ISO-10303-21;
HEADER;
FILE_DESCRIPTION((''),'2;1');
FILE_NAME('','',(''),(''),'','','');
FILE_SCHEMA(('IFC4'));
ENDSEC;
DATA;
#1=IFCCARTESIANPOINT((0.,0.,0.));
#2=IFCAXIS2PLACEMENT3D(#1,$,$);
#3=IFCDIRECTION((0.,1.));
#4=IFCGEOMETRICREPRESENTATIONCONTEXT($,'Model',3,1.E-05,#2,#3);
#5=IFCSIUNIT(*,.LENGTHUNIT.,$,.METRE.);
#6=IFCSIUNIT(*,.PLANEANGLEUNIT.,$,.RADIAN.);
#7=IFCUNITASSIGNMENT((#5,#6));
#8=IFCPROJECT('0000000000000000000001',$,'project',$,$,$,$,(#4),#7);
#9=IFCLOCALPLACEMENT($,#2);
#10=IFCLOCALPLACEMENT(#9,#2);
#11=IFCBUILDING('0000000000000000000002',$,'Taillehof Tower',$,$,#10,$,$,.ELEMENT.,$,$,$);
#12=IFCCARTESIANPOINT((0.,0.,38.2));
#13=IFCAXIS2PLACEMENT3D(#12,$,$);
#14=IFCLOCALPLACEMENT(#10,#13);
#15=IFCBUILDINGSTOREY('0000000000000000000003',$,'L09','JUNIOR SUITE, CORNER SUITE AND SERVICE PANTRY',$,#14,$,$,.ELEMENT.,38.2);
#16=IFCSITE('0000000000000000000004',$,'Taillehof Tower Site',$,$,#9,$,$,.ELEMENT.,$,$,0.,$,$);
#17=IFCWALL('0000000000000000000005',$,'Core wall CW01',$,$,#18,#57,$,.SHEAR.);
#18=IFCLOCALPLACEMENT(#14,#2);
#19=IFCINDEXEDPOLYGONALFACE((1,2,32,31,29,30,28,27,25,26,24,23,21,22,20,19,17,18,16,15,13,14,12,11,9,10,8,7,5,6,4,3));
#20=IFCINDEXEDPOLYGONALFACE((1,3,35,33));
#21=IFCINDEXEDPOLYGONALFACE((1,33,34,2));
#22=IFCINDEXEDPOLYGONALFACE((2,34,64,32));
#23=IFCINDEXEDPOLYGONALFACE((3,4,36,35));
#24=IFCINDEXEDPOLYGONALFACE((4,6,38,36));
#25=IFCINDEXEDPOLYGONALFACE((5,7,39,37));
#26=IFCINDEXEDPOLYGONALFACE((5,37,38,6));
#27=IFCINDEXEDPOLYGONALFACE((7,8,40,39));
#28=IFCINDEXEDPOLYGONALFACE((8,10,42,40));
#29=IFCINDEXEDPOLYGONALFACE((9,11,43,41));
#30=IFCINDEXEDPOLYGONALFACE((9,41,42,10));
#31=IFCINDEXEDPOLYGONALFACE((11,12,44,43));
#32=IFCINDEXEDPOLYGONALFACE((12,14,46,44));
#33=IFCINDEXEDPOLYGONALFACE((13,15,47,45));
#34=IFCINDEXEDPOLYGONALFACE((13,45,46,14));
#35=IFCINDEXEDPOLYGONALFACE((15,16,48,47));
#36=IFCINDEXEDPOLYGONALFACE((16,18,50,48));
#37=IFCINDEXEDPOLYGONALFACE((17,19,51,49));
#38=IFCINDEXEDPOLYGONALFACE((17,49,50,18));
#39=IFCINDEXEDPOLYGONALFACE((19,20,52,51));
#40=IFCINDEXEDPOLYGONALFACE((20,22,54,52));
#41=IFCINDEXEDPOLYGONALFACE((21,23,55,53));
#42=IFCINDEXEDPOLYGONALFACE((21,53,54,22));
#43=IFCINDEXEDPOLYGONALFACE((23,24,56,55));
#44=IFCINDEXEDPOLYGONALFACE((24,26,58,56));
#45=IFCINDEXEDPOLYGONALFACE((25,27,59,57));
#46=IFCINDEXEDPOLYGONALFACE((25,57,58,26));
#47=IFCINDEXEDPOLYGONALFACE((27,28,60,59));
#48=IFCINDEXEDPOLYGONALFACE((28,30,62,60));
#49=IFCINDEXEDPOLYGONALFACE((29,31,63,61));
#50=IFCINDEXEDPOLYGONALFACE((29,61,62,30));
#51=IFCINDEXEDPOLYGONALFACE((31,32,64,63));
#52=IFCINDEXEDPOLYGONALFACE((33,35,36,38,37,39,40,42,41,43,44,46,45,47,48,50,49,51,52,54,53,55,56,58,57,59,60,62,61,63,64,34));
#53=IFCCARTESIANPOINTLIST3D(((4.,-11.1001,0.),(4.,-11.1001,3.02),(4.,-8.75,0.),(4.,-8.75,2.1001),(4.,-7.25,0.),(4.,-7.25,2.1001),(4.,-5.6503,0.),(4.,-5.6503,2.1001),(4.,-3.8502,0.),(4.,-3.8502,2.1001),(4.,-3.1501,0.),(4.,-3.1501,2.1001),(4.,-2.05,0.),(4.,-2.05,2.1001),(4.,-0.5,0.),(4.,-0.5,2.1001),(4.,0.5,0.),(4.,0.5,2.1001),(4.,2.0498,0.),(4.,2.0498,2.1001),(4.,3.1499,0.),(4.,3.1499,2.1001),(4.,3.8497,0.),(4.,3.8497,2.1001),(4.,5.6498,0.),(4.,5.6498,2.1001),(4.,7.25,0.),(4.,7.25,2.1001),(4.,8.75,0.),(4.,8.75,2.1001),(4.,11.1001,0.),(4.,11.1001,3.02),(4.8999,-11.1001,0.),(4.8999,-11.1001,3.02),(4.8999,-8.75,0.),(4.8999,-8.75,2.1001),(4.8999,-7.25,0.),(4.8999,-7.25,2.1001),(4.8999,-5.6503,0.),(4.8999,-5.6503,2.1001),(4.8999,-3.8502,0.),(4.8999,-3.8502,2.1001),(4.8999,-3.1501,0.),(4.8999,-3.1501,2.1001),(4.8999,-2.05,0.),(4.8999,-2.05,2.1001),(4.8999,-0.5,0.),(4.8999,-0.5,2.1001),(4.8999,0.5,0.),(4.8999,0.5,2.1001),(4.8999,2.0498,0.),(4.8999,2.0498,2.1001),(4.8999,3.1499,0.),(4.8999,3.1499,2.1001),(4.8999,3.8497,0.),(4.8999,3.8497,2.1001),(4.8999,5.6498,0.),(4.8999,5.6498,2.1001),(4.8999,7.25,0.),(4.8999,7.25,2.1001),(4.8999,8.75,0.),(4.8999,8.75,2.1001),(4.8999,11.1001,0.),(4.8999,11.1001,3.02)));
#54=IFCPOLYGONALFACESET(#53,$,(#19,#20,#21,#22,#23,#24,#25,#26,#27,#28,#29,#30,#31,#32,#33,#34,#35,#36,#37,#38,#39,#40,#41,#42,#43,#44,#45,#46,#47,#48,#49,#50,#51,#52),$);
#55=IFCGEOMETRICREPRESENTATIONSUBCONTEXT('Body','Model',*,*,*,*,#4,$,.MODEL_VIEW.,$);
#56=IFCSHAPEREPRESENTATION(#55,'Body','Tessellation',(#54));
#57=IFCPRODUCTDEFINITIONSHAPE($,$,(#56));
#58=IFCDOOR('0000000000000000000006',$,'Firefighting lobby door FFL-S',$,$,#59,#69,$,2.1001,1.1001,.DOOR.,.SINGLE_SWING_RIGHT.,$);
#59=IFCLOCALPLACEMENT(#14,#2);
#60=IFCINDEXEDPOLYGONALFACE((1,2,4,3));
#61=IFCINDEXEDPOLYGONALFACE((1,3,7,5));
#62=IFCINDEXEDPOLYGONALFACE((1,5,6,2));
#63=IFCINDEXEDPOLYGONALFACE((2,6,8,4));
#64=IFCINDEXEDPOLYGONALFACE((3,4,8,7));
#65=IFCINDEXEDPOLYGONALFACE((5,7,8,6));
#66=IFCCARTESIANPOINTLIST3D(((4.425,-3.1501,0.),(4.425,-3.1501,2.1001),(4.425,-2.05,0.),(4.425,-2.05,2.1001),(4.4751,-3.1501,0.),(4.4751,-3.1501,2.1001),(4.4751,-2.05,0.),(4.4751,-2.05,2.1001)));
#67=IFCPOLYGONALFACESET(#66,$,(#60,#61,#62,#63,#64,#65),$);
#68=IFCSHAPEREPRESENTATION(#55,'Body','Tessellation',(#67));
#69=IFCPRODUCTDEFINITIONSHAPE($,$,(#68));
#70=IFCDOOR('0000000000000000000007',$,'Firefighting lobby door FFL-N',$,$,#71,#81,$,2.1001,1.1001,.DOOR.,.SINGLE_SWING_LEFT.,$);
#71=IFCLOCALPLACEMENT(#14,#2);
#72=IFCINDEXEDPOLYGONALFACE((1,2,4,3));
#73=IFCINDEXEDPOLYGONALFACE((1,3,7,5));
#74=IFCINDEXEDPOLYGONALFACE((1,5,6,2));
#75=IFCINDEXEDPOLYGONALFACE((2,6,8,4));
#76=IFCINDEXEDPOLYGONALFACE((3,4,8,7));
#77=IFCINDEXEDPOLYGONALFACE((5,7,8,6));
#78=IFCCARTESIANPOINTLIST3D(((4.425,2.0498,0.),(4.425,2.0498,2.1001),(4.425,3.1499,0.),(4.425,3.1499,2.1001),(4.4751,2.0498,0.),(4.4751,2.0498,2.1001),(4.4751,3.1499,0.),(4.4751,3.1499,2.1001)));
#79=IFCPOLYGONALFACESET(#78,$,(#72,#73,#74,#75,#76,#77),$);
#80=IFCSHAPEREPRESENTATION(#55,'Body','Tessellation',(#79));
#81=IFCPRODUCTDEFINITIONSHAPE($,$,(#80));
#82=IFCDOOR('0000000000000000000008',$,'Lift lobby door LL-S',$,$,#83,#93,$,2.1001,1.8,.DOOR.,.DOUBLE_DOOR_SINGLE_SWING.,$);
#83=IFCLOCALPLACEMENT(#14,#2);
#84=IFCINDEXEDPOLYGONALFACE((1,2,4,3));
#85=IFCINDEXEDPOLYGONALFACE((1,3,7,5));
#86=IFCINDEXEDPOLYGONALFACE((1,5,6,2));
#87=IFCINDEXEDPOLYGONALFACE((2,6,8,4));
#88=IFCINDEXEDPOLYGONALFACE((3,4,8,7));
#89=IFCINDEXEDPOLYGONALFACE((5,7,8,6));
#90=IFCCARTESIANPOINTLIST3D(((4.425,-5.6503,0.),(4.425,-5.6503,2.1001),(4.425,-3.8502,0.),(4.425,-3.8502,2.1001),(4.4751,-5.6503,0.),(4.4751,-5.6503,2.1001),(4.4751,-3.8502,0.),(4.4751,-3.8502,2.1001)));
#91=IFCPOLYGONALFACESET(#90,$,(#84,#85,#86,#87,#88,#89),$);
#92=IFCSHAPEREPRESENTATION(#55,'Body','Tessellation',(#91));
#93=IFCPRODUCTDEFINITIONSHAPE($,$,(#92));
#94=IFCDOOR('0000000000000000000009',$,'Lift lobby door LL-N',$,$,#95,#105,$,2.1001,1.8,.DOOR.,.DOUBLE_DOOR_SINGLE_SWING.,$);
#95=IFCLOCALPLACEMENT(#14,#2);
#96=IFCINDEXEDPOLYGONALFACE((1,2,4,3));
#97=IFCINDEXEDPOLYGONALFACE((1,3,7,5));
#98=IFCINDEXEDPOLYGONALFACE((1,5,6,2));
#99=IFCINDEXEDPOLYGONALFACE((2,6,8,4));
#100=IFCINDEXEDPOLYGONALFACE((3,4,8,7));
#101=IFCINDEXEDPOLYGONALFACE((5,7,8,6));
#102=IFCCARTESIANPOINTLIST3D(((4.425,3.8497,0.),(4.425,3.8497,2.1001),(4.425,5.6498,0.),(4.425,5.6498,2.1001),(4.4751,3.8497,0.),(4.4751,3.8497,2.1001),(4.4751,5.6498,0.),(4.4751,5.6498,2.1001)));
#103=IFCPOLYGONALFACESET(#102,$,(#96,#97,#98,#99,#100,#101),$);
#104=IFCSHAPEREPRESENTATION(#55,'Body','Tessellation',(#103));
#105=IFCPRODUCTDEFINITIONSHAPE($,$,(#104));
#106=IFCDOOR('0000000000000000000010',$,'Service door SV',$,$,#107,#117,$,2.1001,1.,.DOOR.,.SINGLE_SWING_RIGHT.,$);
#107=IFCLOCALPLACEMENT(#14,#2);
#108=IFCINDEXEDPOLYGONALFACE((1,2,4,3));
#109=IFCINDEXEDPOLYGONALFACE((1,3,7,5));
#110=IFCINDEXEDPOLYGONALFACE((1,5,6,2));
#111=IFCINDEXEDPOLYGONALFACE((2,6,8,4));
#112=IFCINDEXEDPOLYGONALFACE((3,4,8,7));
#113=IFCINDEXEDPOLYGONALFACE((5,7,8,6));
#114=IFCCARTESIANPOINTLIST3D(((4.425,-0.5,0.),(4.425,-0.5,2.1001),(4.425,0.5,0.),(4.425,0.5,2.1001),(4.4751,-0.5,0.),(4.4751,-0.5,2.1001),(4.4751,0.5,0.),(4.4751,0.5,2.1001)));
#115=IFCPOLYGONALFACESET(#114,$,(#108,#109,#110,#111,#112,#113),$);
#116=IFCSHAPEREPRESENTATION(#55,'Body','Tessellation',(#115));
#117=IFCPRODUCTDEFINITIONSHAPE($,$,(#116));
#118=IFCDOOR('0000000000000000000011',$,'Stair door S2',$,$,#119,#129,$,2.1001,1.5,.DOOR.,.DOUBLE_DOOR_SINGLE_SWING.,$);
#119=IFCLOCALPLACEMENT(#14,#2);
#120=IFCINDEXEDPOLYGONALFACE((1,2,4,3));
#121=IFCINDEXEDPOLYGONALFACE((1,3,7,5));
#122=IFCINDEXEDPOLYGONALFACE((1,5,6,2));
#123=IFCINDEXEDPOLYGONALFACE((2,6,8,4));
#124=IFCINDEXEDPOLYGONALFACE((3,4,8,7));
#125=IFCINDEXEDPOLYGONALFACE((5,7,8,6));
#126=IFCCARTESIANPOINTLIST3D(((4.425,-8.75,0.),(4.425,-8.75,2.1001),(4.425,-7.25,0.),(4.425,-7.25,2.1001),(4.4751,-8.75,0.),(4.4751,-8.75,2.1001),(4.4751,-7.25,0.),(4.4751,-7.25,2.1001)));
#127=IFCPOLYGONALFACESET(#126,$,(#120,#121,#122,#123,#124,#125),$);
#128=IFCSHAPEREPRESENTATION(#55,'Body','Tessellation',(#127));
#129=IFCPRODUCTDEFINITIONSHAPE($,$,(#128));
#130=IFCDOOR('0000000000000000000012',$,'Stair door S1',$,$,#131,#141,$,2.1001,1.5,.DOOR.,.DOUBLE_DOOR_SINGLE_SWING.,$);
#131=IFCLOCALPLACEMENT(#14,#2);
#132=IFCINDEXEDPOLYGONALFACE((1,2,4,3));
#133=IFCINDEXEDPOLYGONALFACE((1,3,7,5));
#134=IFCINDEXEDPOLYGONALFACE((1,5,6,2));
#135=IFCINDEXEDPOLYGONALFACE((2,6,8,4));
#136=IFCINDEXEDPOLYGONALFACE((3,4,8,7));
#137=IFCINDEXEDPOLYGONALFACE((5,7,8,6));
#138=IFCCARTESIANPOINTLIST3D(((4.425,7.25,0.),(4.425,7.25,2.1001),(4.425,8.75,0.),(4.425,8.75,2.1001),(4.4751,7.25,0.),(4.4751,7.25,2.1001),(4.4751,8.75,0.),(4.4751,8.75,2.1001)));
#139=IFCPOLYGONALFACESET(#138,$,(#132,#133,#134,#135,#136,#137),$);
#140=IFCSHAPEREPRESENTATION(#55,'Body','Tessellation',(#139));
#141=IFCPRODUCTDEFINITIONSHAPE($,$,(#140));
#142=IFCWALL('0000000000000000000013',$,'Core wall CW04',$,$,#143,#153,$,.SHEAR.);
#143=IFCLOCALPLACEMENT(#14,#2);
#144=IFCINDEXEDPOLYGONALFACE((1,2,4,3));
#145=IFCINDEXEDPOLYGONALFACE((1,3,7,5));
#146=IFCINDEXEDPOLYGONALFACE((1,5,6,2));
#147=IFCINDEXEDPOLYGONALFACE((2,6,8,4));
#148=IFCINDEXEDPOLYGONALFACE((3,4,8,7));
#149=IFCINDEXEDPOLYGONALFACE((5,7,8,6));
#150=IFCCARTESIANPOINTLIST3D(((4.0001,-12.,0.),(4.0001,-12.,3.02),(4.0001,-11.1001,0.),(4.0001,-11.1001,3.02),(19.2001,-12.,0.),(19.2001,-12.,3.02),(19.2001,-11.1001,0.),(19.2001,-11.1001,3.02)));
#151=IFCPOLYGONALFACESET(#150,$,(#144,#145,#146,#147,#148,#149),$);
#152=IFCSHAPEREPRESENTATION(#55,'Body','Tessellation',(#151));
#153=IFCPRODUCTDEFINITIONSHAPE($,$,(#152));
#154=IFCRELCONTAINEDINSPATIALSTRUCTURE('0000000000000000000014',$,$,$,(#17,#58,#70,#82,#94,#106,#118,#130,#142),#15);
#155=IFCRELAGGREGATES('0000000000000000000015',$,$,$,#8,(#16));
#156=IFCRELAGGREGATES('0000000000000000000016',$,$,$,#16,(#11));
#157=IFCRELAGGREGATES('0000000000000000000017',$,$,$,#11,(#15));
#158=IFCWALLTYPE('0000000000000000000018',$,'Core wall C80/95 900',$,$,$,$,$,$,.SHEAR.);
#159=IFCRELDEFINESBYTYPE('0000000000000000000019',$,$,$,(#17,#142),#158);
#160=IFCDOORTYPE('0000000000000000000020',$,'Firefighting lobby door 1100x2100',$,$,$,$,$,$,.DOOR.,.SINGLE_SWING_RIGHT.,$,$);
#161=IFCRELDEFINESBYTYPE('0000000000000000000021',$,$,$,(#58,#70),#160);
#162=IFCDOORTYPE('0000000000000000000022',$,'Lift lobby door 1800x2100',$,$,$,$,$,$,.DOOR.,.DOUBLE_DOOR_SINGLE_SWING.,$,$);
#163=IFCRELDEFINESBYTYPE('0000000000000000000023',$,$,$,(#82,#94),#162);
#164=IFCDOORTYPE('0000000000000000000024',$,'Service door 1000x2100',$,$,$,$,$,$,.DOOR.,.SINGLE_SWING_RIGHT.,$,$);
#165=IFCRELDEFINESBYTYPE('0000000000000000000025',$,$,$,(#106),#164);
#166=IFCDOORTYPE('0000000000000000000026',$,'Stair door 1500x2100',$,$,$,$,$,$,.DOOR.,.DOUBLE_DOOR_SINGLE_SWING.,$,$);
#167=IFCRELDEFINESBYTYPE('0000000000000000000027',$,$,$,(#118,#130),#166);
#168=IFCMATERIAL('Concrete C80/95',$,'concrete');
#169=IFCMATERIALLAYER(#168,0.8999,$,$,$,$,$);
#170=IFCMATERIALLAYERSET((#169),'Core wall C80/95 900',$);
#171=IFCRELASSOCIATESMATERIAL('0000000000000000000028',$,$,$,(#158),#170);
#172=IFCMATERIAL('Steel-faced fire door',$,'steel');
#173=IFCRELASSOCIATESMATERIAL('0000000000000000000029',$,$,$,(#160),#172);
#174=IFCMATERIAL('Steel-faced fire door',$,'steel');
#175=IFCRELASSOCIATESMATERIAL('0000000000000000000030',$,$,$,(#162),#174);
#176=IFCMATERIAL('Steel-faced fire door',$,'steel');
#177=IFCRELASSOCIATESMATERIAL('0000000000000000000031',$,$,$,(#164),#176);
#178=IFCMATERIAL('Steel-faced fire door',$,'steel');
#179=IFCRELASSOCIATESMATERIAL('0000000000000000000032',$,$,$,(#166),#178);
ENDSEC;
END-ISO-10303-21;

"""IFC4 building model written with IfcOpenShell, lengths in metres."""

from ifc_helpers import new_model, si_unit, direction, frame, frame_2d, origin, place, context, subcontext, project, spatial, rectangle, extrude, material, layer, layer_set, type_object, element, fill, save


model = new_model("IFC4")

# Units and contexts
model_context = context("Model", 3, precision=1e-05, world=origin(), true_north=direction((0.0, 1.0)))
body_context = subcontext(model_context, "Body", "Model", "MODEL_VIEW")
ifc_project = project(units=[si_unit("LENGTHUNIT", "METRE"), si_unit("PLANEANGLEUNIT", "RADIAN")], contexts=[model_context])

# Site, building, storey
site_placement = place(None, origin())
site = spatial("IfcSite", under=ifc_project, at=site_placement, Name="Taillehof Tower Site", CompositionType="ELEMENT", RefElevation=0.0)
building_placement = place(site_placement, origin())
building = spatial("IfcBuilding", under=site, at=building_placement, Name="Taillehof Tower", CompositionType="ELEMENT")
storey_placement = place(building_placement, frame((0.0, 0.0, 38.2)))
storey = spatial("IfcBuildingStorey", under=building, at=storey_placement, Name="L09", Description="JUNIOR SUITE, CORNER SUITE AND SERVICE PANTRY", CompositionType="ELEMENT", Elevation=38.2)

# Wall, openings, doors
ifc_material_1 = material(Name="Concrete C80/95", Category="concrete")
ifc_layer_1 = layer(ifc_material_1, 0.8999)
ifc_layer_set_1 = layer_set([ifc_layer_1], Name="Core wall C80/95 900")
wall_type_1 = type_object("IfcWallType", Name="Core wall C80/95 900", PredefinedType="SHEAR", material=ifc_layer_set_1)
wall_1_placement = place(storey_placement, frame((4.45, -11.1001, 0.0), z_axis=(0.0, 0.0, 1.0), x_axis=(0.0, 1.0, 0.0)))
wall_1 = element("IfcWall", 1, at=wall_1_placement, inside=storey, type_object=wall_type_1, Name="Core wall CW01", PredefinedType="SHEAR", context=body_context, shape_type="SweptSolid", body=[
    extrude(rectangle(XDim=22.2002, YDim=0.8999, at=frame_2d((11.1001, 0.0))), origin(), (0.0, 0.0, 1.0), 3.02),
])
opening_1_placement = place(wall_1_placement, frame((2.3501, 0.0, 0.0)))
opening_1 = element("IfcOpeningElement", 2, at=opening_1_placement, cuts=wall_1, PredefinedType="OPENING", context=body_context, shape_type="SweptSolid", body=[
    extrude(rectangle(XDim=1.5, YDim=2.1001, at=frame_2d((0.75, 1.05))), frame((0.0, 0.46, 0.0), z_axis=(0.0, -1.0, 0.0), x_axis=(1.0, 0.0, 0.0)), (0.0, 0.0, 1.0), 0.9199),
])
opening_2_placement = place(wall_1_placement, frame((5.45, 0.0, 0.0)))
opening_2 = element("IfcOpeningElement", 3, at=opening_2_placement, cuts=wall_1, PredefinedType="OPENING", context=body_context, shape_type="SweptSolid", body=[
    extrude(rectangle(XDim=1.8, YDim=2.1001, at=frame_2d((0.8999, 1.05))), frame((0.0, 0.46, 0.0), z_axis=(0.0, -1.0, 0.0), x_axis=(1.0, 0.0, 0.0)), (0.0, 0.0, 1.0), 0.9199),
])
opening_3_placement = place(wall_1_placement, frame((7.95, 0.0, 0.0)))
opening_3 = element("IfcOpeningElement", 4, at=opening_3_placement, cuts=wall_1, PredefinedType="OPENING", context=body_context, shape_type="SweptSolid", body=[
    extrude(rectangle(XDim=1.1001, YDim=2.1001, at=frame_2d((0.55, 1.05))), frame((0.0, 0.46, 0.0), z_axis=(0.0, -1.0, 0.0), x_axis=(1.0, 0.0, 0.0)), (0.0, 0.0, 1.0), 0.9199),
])
opening_4_placement = place(wall_1_placement, frame((10.6001, 0.0, 0.0)))
opening_4 = element("IfcOpeningElement", 5, at=opening_4_placement, cuts=wall_1, PredefinedType="OPENING", context=body_context, shape_type="SweptSolid", body=[
    extrude(rectangle(XDim=1.0, YDim=2.1001, at=frame_2d((0.5, 1.05))), frame((0.0, 0.46, 0.0), z_axis=(0.0, -1.0, 0.0), x_axis=(1.0, 0.0, 0.0)), (0.0, 0.0, 1.0), 0.9199),
])
opening_5_placement = place(wall_1_placement, frame((13.1499, 0.0, 0.0)))
opening_5 = element("IfcOpeningElement", 6, at=opening_5_placement, cuts=wall_1, PredefinedType="OPENING", context=body_context, shape_type="SweptSolid", body=[
    extrude(rectangle(XDim=1.1001, YDim=2.1001, at=frame_2d((0.55, 1.05))), frame((0.0, 0.46, 0.0), z_axis=(0.0, -1.0, 0.0), x_axis=(1.0, 0.0, 0.0)), (0.0, 0.0, 1.0), 0.9199),
])
opening_6_placement = place(wall_1_placement, frame((14.95, 0.0, 0.0)))
opening_6 = element("IfcOpeningElement", 7, at=opening_6_placement, cuts=wall_1, PredefinedType="OPENING", context=body_context, shape_type="SweptSolid", body=[
    extrude(rectangle(XDim=1.8, YDim=2.1001, at=frame_2d((0.8999, 1.05))), frame((0.0, 0.46, 0.0), z_axis=(0.0, -1.0, 0.0), x_axis=(1.0, 0.0, 0.0)), (0.0, 0.0, 1.0), 0.9199),
])
opening_7_placement = place(wall_1_placement, frame((18.3501, 0.0, 0.0)))
opening_7 = element("IfcOpeningElement", 8, at=opening_7_placement, cuts=wall_1, PredefinedType="OPENING", context=body_context, shape_type="SweptSolid", body=[
    extrude(rectangle(XDim=1.5, YDim=2.1001, at=frame_2d((0.75, 1.05))), frame((0.0, 0.46, 0.0), z_axis=(0.0, -1.0, 0.0), x_axis=(1.0, 0.0, 0.0)), (0.0, 0.0, 1.0), 0.9199),
])
ifc_material_2 = material(Name="Steel-faced fire door", Category="steel")
door_type_1 = type_object("IfcDoorType", Name="Firefighting lobby door 1100x2100", OperationType="SINGLE_SWING_RIGHT", PredefinedType="DOOR", material=ifc_material_2)
door_1_placement = place(opening_3_placement, origin())
door_1 = element("IfcDoor", 9, at=door_1_placement, inside=storey, type_object=door_type_1, Name="Firefighting lobby door FFL-S", OperationType="SINGLE_SWING_RIGHT", OverallHeight=2.1001, OverallWidth=1.1001, PredefinedType="DOOR", context=body_context, shape_type="SweptSolid", body=[
    extrude(rectangle(XDim=1.1001, YDim=2.1001, at=frame_2d((0.55, 1.05))), frame((0.0, 0.0249, 0.0), z_axis=(0.0, -1.0, 0.0), x_axis=(1.0, 0.0, 0.0)), (0.0, 0.0, 1.0), 0.05),
])
fill(opening_3, door_1)
door_2_placement = place(opening_5_placement, origin())
door_2 = element("IfcDoor", 10, at=door_2_placement, inside=storey, type_object=door_type_1, Name="Firefighting lobby door FFL-N", OperationType="SINGLE_SWING_LEFT", OverallHeight=2.1001, OverallWidth=1.1001, PredefinedType="DOOR", context=body_context, shape_type="SweptSolid", body=[
    extrude(rectangle(XDim=1.1001, YDim=2.1001, at=frame_2d((0.55, 1.05))), frame((0.0, 0.0249, 0.0), z_axis=(0.0, -1.0, 0.0), x_axis=(1.0, 0.0, 0.0)), (0.0, 0.0, 1.0), 0.05),
])
fill(opening_5, door_2)
ifc_material_3 = material(Name="Steel-faced fire door", Category="steel")
door_type_2 = type_object("IfcDoorType", Name="Lift lobby door 1800x2100", OperationType="DOUBLE_DOOR_SINGLE_SWING", PredefinedType="DOOR", material=ifc_material_3)
door_3_placement = place(opening_2_placement, origin())
door_3 = element("IfcDoor", 11, at=door_3_placement, inside=storey, type_object=door_type_2, Name="Lift lobby door LL-S", OperationType="DOUBLE_DOOR_SINGLE_SWING", OverallHeight=2.1001, OverallWidth=1.8, PredefinedType="DOOR", context=body_context, shape_type="SweptSolid", body=[
    extrude(rectangle(XDim=1.8, YDim=2.1001, at=frame_2d((0.8999, 1.05))), frame((0.0, 0.0249, 0.0), z_axis=(0.0, -1.0, 0.0), x_axis=(1.0, 0.0, 0.0)), (0.0, 0.0, 1.0), 0.05),
])
fill(opening_2, door_3)
door_4_placement = place(opening_6_placement, origin())
door_4 = element("IfcDoor", 12, at=door_4_placement, inside=storey, type_object=door_type_2, Name="Lift lobby door LL-N", OperationType="DOUBLE_DOOR_SINGLE_SWING", OverallHeight=2.1001, OverallWidth=1.8, PredefinedType="DOOR", context=body_context, shape_type="SweptSolid", body=[
    extrude(rectangle(XDim=1.8, YDim=2.1001, at=frame_2d((0.8999, 1.05))), frame((0.0, 0.0249, 0.0), z_axis=(0.0, -1.0, 0.0), x_axis=(1.0, 0.0, 0.0)), (0.0, 0.0, 1.0), 0.05),
])
fill(opening_6, door_4)
ifc_material_4 = material(Name="Steel-faced fire door", Category="steel")
door_type_3 = type_object("IfcDoorType", Name="Service door 1000x2100", OperationType="SINGLE_SWING_RIGHT", PredefinedType="DOOR", material=ifc_material_4)
door_5_placement = place(opening_4_placement, origin())
door_5 = element("IfcDoor", 13, at=door_5_placement, inside=storey, type_object=door_type_3, Name="Service door SV", OperationType="SINGLE_SWING_RIGHT", OverallHeight=2.1001, OverallWidth=1.0, PredefinedType="DOOR", context=body_context, shape_type="SweptSolid", body=[
    extrude(rectangle(XDim=1.0, YDim=2.1001, at=frame_2d((0.5, 1.05))), frame((0.0, 0.0249, 0.0), z_axis=(0.0, -1.0, 0.0), x_axis=(1.0, 0.0, 0.0)), (0.0, 0.0, 1.0), 0.05),
])
fill(opening_4, door_5)
ifc_material_5 = material(Name="Steel-faced fire door", Category="steel")
door_type_4 = type_object("IfcDoorType", Name="Stair door 1500x2100", OperationType="DOUBLE_DOOR_SINGLE_SWING", PredefinedType="DOOR", material=ifc_material_5)
door_6_placement = place(opening_1_placement, origin())
door_6 = element("IfcDoor", 14, at=door_6_placement, inside=storey, type_object=door_type_4, Name="Stair door S2", OperationType="DOUBLE_DOOR_SINGLE_SWING", OverallHeight=2.1001, OverallWidth=1.5, PredefinedType="DOOR", context=body_context, shape_type="SweptSolid", body=[
    extrude(rectangle(XDim=1.5, YDim=2.1001, at=frame_2d((0.75, 1.05))), frame((0.0, 0.0249, 0.0), z_axis=(0.0, -1.0, 0.0), x_axis=(1.0, 0.0, 0.0)), (0.0, 0.0, 1.0), 0.05),
])
fill(opening_1, door_6)
door_7_placement = place(opening_7_placement, origin())
door_7 = element("IfcDoor", 15, at=door_7_placement, inside=storey, type_object=door_type_4, Name="Stair door S1", OperationType="DOUBLE_DOOR_SINGLE_SWING", OverallHeight=2.1001, OverallWidth=1.5, PredefinedType="DOOR", context=body_context, shape_type="SweptSolid", body=[
    extrude(rectangle(XDim=1.5, YDim=2.1001, at=frame_2d((0.75, 1.05))), frame((0.0, 0.0249, 0.0), z_axis=(0.0, -1.0, 0.0), x_axis=(1.0, 0.0, 0.0)), (0.0, 0.0, 1.0), 0.05),
])
fill(opening_7, door_7)

# Wall
wall_2_placement = place(storey_placement, frame((4.0, -11.55, 0.0), z_axis=(0.0, 0.0, 1.0), x_axis=(1.0, 0.0, 0.0)))
element("IfcWall", 16, at=wall_2_placement, inside=storey, type_object=wall_type_1, Name="Core wall CW04", PredefinedType="SHEAR", context=body_context, shape_type="SweptSolid", body=[
    extrude(rectangle(XDim=15.2, YDim=0.8999, at=frame_2d((7.6001, 0.0))), origin(), (0.0, 0.0, 1.0), 3.02),
])

save(model, "model.ifc")
